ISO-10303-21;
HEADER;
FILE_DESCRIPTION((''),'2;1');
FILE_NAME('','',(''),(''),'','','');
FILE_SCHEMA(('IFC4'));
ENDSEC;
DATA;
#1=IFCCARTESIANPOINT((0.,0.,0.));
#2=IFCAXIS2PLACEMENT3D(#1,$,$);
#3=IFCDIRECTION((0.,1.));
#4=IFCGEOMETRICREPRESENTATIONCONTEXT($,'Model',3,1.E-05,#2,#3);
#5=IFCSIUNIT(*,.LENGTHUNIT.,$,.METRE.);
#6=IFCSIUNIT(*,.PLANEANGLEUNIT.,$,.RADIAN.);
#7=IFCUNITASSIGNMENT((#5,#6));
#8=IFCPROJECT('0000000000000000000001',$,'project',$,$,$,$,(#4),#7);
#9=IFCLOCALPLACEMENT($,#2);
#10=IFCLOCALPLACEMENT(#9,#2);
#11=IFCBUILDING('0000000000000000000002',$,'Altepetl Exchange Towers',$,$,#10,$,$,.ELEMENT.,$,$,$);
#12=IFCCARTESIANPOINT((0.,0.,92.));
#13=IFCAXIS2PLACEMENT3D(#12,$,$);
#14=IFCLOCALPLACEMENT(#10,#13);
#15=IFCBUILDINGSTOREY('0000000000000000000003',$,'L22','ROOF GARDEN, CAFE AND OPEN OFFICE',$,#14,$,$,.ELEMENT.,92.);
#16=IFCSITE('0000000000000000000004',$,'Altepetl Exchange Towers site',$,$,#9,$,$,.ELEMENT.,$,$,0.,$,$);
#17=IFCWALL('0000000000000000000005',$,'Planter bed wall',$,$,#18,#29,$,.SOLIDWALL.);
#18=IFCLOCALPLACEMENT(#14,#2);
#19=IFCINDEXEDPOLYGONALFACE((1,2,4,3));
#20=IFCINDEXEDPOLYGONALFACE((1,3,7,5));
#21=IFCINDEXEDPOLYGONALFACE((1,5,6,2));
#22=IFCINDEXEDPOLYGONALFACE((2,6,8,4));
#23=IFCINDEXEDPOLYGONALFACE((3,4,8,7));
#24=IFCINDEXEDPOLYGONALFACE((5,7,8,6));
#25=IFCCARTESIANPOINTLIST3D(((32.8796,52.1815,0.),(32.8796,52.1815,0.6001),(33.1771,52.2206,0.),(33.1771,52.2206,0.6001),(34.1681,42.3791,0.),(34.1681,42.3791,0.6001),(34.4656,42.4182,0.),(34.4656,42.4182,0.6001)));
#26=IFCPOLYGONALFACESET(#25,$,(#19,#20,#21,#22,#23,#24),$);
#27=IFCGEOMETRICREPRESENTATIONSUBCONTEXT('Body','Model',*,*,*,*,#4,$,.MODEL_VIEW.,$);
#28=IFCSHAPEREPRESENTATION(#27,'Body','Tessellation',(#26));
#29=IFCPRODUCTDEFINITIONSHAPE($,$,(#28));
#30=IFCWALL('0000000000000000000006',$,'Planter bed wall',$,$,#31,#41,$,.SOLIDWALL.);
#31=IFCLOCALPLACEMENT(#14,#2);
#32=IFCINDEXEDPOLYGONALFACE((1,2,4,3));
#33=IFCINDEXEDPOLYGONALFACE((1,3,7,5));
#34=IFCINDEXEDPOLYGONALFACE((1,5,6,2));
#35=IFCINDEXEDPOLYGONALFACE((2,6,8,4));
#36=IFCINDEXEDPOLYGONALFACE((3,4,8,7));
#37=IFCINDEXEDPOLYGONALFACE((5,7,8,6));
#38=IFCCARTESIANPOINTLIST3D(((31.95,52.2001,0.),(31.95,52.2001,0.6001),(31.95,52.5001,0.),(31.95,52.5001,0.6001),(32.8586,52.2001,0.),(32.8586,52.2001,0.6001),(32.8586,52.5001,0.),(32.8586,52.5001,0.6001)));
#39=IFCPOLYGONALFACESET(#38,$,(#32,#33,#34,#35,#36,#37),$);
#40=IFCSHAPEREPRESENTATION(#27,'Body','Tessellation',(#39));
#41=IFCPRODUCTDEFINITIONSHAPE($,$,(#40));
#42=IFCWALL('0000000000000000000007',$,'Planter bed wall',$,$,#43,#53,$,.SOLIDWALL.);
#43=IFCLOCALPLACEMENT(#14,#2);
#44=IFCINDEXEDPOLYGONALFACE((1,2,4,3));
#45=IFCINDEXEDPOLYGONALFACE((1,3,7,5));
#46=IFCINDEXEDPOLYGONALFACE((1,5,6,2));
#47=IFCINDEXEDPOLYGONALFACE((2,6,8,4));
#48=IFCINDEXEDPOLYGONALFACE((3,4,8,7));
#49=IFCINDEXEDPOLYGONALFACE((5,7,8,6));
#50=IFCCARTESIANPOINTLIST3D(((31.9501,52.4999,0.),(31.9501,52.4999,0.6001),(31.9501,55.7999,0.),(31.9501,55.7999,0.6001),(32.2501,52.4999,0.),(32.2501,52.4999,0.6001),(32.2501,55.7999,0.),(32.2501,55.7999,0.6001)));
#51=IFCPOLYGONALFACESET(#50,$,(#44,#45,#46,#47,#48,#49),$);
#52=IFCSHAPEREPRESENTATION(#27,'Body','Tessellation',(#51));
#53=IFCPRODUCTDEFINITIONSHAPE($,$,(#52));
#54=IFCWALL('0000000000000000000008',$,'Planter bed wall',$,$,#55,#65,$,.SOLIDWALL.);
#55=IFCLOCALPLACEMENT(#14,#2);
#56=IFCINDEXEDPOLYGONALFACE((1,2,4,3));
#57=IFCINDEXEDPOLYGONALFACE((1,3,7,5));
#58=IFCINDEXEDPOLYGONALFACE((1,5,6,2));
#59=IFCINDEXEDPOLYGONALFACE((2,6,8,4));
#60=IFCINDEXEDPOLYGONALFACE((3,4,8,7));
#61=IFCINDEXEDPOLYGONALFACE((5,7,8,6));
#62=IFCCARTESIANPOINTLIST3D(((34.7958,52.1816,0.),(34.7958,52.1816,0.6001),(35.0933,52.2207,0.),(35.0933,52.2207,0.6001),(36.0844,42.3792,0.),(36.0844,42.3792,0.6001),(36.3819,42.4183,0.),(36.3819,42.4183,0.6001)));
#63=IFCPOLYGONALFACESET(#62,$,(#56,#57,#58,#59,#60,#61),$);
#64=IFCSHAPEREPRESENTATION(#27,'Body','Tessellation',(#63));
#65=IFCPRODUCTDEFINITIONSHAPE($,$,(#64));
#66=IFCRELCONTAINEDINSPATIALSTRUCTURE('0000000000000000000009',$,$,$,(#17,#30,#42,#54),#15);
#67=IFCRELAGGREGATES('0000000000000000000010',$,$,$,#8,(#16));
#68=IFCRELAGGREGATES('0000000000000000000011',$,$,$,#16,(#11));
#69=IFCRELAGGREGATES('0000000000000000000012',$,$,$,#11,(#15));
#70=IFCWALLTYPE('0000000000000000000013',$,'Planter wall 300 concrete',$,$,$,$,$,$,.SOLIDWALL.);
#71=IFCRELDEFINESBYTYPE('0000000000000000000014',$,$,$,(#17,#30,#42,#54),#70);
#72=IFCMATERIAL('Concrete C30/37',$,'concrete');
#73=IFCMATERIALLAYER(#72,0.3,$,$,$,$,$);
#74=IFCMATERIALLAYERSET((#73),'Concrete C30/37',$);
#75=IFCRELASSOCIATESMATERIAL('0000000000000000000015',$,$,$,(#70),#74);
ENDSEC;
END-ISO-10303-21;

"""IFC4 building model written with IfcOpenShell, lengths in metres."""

from ifc_helpers import new_model, si_unit, direction, frame, frame_2d, origin, place, context, subcontext, project, spatial, rectangle, extrude, material, layer, layer_set, type_object, element, save


model = new_model("IFC4")

# Units and contexts
model_context = context("Model", 3, precision=1e-05, world=origin(), true_north=direction((0.0, 1.0)))
body_context = subcontext(model_context, "Body", "Model", "MODEL_VIEW")
ifc_project = project(units=[si_unit("LENGTHUNIT", "METRE"), si_unit("PLANEANGLEUNIT", "RADIAN")], contexts=[model_context])

# Site, building, storey
site_placement = place(None, origin())
site = spatial("IfcSite", under=ifc_project, at=site_placement, Name="Altepetl Exchange Towers site", CompositionType="ELEMENT", RefElevation=0.0)
building_placement = place(site_placement, origin())
building = spatial("IfcBuilding", under=site, at=building_placement, Name="Altepetl Exchange Towers", CompositionType="ELEMENT")
storey_placement = place(building_placement, frame((0.0, 0.0, 92.0)))
storey = spatial("IfcBuildingStorey", under=building, at=storey_placement, Name="L22", Description="ROOF GARDEN, CAFE AND OPEN OFFICE", CompositionType="ELEMENT", Elevation=92.0)

# Walls
ifc_material_1 = material(Name="Concrete C30/37", Category="concrete")
ifc_layer = layer(ifc_material_1, 0.3)
ifc_layer_set = layer_set([ifc_layer], Name="Concrete C30/37")
wall_type = type_object("IfcWallType", Name="Planter wall 300 concrete", PredefinedType="SOLIDWALL", material=ifc_layer_set)
wall_1_placement = place(storey_placement, frame((34.3169, 42.3987, 0.0), z_axis=(0.0, 0.0, 1.0), x_axis=(-0.130333, 0.99147, 0.0)))
element("IfcWall", 1, at=wall_1_placement, inside=storey, type_object=wall_type, Name="Planter bed wall", PredefinedType="SOLIDWALL", context=body_context, shape_type="SweptSolid", body=[
    extrude(rectangle(XDim=9.8867, YDim=0.3, at=frame_2d((4.9434, 0.0))), origin(), (0.0, 0.0, 1.0), 0.6001),
])
wall_2_placement = place(storey_placement, frame((32.8586, 52.3501, 0.0), z_axis=(0.0, 0.0, 1.0), x_axis=(-1.0, 0.0, 0.0)))
element("IfcWall", 2, at=wall_2_placement, inside=storey, type_object=wall_type, Name="Planter bed wall", PredefinedType="SOLIDWALL", context=body_context, shape_type="SweptSolid", body=[
    extrude(rectangle(XDim=0.9087, YDim=0.3, at=frame_2d((0.4543, 0.0))), origin(), (0.0, 0.0, 1.0), 0.6001),
])
wall_3_placement = place(storey_placement, frame((32.1001, 52.5, 0.0), z_axis=(0.0, 0.0, 1.0), x_axis=(0.0, 1.0, 0.0)))
element("IfcWall", 3, at=wall_3_placement, inside=storey, type_object=wall_type, Name="Planter bed wall", PredefinedType="SOLIDWALL", context=body_context, shape_type="SweptSolid", body=[
    extrude(rectangle(XDim=3.3, YDim=0.3, at=frame_2d((1.6499, 0.0))), origin(), (0.0, 0.0, 1.0), 0.6001),
])
wall_4_placement = place(storey_placement, frame((34.9446, 52.2012, 0.0), z_axis=(0.0, 0.0, 1.0), x_axis=(0.130333, -0.99147, 0.0)))
element("IfcWall", 4, at=wall_4_placement, inside=storey, type_object=wall_type, Name="Planter bed wall", PredefinedType="SOLIDWALL", context=body_context, shape_type="SweptSolid", body=[
    extrude(rectangle(XDim=9.8867, YDim=0.3, at=frame_2d((4.9434, 0.0))), origin(), (0.0, 0.0, 1.0), 0.6001),
])

save(model, "model.ifc")
